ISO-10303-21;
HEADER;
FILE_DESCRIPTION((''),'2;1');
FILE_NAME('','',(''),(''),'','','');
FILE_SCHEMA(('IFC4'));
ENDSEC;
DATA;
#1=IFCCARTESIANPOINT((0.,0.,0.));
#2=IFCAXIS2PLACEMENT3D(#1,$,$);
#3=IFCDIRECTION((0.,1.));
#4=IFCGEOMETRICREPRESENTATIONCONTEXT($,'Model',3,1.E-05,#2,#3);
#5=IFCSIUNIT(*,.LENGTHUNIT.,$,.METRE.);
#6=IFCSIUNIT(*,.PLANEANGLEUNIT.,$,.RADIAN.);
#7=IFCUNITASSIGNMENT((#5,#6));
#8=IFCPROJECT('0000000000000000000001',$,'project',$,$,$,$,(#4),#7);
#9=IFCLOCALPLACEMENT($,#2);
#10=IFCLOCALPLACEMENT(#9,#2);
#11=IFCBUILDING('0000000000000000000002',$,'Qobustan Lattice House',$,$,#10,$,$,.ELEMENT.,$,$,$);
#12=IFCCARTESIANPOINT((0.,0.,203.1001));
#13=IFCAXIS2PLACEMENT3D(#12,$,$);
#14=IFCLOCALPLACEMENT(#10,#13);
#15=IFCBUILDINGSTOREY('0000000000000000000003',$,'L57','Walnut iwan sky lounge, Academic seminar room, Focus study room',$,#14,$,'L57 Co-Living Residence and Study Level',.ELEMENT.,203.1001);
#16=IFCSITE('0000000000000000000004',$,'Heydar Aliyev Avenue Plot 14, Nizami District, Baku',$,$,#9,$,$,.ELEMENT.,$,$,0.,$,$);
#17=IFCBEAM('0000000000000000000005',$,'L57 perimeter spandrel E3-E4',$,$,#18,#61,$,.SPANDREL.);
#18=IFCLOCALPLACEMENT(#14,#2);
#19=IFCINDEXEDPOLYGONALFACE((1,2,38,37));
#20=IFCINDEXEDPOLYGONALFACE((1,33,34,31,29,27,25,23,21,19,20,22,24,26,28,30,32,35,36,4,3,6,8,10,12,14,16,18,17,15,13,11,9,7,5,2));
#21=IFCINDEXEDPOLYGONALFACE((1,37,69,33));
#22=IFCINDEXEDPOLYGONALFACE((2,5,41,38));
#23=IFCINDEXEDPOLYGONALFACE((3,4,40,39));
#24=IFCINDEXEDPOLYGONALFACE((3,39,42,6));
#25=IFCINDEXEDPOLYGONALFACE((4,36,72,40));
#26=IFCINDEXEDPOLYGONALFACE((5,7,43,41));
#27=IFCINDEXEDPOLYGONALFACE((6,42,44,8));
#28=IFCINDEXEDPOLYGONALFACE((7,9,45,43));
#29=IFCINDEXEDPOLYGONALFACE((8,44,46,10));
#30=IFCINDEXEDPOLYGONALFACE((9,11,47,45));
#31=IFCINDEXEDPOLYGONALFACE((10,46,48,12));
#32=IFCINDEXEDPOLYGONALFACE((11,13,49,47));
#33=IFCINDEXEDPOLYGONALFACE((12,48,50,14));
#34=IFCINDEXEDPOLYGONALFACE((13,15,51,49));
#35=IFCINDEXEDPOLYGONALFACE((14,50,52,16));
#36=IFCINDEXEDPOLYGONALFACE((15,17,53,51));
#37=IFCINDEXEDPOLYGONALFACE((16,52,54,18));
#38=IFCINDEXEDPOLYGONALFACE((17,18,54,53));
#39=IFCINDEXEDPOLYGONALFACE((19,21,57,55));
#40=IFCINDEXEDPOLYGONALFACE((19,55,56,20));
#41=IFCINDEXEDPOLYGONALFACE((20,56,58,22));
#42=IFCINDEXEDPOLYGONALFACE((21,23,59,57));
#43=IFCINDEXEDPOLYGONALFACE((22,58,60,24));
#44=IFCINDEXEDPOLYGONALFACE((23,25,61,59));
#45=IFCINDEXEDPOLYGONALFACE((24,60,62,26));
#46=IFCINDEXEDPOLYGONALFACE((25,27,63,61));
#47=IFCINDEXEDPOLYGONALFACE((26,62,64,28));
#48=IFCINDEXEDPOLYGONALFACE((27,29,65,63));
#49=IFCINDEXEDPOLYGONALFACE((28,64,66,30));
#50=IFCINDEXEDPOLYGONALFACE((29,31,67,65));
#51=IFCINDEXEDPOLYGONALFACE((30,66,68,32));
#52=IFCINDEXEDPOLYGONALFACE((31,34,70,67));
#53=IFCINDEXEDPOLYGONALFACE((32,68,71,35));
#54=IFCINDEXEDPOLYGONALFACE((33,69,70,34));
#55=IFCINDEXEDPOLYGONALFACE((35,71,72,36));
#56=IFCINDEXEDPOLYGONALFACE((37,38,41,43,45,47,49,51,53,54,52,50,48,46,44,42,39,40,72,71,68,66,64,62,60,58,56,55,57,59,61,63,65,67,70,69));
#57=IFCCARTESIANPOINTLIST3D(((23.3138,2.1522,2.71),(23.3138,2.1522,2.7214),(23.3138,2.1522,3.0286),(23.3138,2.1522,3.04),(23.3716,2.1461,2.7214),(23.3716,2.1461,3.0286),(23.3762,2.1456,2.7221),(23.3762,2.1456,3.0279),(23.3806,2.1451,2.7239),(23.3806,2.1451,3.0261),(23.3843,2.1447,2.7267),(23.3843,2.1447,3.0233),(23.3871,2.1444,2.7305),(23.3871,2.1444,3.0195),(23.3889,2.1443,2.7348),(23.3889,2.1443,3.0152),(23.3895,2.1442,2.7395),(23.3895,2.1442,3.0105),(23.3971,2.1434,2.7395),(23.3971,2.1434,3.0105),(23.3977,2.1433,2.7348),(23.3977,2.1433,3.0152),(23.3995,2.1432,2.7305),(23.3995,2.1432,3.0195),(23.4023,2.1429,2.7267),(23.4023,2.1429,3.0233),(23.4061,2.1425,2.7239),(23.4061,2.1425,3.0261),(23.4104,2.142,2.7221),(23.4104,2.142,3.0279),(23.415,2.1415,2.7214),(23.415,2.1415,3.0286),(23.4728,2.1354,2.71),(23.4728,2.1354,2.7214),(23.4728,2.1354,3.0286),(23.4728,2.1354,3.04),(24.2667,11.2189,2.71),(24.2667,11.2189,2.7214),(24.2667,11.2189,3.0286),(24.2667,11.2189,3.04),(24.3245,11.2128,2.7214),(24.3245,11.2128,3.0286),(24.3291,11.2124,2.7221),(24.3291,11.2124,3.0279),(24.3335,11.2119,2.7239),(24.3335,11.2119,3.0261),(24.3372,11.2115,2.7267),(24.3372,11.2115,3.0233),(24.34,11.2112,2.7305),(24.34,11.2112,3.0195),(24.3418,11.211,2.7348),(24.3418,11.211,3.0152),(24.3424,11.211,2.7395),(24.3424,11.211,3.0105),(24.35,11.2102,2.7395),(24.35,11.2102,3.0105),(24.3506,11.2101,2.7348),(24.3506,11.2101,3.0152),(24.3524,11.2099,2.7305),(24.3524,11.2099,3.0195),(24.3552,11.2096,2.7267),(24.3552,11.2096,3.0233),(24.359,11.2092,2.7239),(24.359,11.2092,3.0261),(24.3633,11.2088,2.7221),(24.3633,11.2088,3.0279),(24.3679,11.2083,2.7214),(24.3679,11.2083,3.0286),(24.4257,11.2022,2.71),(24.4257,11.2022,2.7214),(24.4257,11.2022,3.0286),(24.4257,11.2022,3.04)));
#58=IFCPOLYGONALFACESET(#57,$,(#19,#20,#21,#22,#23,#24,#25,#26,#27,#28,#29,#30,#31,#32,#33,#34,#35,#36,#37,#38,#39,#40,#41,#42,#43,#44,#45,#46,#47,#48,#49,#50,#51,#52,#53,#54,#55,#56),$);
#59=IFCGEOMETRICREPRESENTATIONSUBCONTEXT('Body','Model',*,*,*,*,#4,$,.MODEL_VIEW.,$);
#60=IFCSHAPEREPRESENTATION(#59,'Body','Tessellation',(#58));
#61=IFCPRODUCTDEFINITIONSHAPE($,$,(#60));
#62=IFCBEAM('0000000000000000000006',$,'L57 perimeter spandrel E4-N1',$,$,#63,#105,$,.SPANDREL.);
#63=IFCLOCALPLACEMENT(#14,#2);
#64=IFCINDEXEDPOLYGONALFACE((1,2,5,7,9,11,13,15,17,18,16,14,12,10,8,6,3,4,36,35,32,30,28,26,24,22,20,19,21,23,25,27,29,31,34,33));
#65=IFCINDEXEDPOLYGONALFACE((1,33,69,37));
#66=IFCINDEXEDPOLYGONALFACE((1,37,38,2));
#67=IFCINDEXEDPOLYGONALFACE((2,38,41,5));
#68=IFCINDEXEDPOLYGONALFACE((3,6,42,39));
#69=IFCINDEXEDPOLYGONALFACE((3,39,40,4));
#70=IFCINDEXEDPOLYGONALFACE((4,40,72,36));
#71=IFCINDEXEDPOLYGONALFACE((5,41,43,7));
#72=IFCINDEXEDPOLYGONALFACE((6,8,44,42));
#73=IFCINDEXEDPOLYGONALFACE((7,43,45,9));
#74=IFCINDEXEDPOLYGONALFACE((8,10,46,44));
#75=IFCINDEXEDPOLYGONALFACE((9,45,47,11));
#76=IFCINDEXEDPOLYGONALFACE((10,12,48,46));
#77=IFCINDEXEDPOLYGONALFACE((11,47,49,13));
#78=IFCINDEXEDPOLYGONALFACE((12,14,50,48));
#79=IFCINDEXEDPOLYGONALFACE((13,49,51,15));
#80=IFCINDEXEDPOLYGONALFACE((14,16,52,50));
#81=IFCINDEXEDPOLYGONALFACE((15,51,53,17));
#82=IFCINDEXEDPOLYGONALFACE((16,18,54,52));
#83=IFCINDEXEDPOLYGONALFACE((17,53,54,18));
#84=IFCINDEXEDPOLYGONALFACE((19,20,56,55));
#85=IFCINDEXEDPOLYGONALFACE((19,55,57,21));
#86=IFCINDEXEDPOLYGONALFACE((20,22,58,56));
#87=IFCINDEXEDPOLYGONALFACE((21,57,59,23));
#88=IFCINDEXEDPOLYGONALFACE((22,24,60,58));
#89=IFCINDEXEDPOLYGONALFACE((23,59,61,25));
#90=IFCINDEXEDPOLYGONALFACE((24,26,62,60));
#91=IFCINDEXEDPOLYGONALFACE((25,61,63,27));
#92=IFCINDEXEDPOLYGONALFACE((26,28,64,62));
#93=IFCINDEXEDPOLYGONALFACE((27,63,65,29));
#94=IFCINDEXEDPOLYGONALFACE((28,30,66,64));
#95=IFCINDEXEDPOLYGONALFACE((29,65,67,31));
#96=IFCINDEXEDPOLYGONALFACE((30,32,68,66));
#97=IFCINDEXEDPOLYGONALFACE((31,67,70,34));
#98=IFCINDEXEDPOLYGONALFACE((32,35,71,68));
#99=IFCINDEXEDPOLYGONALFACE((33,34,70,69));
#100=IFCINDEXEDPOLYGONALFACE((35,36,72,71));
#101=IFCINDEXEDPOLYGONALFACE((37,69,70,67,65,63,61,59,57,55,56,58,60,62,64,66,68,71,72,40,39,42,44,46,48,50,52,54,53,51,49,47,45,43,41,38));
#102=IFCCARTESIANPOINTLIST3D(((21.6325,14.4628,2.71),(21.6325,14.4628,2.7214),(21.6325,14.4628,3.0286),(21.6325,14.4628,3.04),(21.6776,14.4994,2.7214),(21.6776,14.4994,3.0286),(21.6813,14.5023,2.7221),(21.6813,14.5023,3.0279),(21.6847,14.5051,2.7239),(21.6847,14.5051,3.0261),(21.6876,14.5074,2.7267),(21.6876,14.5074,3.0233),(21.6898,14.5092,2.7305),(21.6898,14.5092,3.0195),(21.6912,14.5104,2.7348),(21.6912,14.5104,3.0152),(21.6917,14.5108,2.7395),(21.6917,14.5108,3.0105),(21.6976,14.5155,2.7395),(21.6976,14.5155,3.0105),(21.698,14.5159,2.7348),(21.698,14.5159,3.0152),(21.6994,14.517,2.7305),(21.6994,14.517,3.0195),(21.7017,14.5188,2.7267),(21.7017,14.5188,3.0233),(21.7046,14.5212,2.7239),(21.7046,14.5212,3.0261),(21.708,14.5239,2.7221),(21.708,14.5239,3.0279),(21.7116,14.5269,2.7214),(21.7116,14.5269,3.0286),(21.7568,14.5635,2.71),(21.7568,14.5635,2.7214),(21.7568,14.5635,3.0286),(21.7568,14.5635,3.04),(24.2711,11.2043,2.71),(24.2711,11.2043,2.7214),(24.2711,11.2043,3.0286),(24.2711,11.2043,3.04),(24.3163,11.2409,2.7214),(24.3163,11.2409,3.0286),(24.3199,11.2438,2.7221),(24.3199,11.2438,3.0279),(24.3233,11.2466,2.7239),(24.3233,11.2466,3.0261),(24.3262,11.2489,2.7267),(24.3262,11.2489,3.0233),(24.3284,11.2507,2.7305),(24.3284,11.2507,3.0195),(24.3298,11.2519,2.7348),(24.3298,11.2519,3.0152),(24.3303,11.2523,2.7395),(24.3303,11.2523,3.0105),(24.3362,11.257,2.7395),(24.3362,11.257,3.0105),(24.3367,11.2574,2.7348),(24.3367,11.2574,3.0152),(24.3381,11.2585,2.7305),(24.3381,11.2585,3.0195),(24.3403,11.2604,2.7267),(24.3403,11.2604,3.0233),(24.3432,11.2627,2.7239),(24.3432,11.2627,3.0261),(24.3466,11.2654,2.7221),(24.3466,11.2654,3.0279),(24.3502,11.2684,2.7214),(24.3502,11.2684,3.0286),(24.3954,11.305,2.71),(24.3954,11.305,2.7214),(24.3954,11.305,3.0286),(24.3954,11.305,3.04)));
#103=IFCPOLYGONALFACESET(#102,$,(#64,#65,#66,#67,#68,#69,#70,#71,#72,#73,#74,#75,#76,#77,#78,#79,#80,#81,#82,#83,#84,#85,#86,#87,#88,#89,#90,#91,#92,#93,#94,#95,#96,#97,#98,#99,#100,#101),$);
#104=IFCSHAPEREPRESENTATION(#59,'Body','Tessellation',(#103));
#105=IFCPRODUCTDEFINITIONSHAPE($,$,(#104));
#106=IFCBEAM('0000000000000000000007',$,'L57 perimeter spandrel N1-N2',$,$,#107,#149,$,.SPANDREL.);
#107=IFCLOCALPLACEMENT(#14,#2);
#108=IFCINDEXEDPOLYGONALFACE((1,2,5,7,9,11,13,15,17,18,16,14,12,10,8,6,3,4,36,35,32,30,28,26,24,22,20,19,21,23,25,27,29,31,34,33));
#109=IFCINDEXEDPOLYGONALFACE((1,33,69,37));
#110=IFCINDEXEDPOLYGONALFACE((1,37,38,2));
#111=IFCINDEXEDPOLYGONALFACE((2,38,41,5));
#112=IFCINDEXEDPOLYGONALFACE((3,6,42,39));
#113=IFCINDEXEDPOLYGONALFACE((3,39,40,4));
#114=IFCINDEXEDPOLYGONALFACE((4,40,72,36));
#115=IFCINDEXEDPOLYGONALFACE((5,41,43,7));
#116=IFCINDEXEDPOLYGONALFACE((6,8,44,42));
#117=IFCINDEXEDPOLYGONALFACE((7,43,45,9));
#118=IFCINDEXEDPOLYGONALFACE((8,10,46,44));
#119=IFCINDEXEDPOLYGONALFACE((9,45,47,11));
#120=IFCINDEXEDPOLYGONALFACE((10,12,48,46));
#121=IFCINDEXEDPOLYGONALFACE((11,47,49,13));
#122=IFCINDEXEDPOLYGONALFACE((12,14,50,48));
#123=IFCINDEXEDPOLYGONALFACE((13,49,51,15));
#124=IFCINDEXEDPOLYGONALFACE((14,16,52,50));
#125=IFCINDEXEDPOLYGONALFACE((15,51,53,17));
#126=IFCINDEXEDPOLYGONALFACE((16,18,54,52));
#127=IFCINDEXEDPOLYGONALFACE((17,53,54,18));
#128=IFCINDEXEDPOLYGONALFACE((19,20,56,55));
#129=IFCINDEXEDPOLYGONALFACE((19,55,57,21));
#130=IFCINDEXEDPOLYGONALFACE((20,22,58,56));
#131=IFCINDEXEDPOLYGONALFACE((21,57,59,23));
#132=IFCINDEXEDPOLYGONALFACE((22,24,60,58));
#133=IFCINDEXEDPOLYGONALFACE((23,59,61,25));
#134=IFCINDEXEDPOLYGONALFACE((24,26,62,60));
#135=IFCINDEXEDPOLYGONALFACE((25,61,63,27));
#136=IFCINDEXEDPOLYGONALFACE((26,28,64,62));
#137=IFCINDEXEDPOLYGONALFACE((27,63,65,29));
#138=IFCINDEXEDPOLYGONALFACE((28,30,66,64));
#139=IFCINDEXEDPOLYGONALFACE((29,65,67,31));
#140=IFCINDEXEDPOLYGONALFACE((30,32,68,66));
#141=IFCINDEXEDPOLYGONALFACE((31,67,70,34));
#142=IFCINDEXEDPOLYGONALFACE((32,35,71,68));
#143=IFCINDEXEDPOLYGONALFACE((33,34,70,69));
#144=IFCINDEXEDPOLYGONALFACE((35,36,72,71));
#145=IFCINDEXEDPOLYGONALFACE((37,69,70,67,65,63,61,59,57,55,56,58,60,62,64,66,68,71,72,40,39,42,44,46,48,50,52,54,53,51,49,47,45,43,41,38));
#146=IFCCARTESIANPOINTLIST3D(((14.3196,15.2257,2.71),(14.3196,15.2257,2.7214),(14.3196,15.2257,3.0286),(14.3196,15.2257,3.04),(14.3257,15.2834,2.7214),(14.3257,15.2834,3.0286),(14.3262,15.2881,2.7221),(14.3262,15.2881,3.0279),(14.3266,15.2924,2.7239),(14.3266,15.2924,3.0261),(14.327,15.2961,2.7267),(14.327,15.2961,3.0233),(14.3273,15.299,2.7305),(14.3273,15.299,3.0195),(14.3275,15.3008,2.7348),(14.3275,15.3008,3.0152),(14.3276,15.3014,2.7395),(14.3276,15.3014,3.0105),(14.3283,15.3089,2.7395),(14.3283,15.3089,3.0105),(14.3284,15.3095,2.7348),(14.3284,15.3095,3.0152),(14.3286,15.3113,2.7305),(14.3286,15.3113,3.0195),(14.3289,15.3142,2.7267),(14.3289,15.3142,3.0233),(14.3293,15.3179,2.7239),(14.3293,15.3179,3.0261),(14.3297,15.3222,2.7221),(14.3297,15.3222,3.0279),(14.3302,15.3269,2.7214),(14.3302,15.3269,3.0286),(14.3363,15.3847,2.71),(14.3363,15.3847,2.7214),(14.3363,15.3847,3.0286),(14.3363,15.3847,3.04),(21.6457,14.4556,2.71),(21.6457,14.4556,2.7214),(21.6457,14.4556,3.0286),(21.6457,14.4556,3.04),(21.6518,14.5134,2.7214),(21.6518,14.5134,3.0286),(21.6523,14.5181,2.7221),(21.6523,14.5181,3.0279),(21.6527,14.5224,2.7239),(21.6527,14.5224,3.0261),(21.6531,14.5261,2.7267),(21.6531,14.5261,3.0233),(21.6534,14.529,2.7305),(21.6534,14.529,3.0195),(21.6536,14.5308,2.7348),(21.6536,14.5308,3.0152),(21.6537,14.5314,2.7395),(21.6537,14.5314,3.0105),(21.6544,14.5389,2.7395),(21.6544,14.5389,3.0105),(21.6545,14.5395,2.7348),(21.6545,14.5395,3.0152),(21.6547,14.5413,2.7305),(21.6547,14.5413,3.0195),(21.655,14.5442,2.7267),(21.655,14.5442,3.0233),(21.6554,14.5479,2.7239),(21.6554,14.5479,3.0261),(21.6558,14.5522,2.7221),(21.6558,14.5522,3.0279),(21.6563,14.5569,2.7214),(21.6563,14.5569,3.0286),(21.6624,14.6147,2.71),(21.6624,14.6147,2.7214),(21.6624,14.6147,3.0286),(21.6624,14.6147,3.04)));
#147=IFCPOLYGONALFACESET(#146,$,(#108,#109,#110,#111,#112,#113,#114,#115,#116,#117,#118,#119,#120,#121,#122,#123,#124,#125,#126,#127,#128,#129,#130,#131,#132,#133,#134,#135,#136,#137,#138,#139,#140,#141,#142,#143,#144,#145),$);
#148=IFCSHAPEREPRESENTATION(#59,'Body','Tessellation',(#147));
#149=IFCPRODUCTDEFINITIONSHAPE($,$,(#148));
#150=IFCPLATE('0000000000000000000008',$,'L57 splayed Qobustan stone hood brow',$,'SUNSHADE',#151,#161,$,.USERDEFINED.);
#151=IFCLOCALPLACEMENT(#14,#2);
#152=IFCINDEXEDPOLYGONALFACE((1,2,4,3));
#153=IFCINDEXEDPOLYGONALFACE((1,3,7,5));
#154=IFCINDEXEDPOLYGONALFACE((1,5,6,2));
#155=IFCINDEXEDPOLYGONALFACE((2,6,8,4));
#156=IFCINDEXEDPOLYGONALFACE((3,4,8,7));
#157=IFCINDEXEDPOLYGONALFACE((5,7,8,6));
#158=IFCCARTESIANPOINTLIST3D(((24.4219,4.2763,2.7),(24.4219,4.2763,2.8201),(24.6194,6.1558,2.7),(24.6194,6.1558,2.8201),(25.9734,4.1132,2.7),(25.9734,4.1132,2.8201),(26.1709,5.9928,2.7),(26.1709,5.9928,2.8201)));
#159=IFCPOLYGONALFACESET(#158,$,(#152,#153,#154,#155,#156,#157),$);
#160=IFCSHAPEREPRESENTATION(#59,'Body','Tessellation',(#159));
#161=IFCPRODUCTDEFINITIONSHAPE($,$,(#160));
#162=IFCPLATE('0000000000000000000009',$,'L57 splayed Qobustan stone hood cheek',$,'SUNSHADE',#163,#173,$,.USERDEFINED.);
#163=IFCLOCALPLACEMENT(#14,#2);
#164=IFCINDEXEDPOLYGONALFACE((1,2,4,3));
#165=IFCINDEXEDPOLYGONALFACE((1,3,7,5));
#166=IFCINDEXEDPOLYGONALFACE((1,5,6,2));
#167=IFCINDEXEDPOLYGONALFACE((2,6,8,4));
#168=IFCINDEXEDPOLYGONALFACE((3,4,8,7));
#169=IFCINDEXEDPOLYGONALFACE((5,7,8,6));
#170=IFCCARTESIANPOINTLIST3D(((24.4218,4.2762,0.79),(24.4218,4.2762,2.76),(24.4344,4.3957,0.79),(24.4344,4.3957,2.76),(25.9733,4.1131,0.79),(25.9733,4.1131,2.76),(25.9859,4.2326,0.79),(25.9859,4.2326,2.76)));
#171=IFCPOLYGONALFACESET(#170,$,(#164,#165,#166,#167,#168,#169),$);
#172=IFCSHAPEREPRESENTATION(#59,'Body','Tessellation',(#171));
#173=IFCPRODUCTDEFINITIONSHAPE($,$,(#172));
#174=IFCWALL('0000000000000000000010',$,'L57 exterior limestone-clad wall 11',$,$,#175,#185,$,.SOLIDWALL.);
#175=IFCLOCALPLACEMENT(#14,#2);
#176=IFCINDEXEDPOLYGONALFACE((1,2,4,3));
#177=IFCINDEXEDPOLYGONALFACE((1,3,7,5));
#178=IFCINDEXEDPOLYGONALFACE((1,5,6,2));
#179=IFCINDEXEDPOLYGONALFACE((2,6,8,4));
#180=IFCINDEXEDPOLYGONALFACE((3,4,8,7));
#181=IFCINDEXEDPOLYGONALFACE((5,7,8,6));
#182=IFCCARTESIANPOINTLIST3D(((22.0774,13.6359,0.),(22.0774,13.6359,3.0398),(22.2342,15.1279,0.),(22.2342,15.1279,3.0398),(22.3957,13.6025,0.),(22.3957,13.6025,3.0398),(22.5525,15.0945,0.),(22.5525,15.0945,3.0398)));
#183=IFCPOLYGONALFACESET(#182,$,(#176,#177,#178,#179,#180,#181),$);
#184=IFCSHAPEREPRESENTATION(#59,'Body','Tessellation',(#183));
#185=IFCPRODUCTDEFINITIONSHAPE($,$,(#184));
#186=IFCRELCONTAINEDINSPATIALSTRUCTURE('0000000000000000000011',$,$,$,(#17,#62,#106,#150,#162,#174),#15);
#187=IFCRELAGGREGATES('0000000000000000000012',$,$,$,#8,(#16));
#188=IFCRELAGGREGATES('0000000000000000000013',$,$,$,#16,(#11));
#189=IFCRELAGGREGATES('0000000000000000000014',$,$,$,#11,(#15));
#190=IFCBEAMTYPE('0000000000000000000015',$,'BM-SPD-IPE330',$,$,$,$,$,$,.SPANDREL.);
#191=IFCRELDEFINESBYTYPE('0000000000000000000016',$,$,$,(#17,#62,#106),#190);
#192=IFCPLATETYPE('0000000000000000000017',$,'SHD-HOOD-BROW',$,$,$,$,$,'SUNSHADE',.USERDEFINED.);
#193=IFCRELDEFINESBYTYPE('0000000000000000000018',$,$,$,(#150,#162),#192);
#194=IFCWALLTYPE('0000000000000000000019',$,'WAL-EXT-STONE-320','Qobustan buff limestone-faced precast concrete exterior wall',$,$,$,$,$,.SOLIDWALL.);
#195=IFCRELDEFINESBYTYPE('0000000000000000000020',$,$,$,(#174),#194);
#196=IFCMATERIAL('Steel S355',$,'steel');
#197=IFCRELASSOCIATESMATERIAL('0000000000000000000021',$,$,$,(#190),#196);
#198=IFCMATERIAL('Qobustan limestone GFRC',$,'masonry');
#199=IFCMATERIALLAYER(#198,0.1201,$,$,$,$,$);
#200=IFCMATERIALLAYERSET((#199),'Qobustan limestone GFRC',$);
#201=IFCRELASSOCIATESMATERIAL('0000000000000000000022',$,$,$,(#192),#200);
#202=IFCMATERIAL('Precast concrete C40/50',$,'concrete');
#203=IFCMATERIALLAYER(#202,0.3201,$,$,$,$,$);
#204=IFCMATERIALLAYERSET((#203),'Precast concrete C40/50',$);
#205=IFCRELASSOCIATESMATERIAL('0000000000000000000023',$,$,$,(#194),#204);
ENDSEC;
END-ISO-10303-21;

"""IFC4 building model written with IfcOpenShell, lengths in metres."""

from ifc_helpers import new_model, si_unit, direction, frame, frame_2d, origin, origin_2d, place, context, subcontext, project, spatial, rectangle, i_section, extrude, material, layer, layer_set, material_profile, profile_set, type_object, element, save


model = new_model("IFC4")

# Units and contexts
model_context = context("Model", 3, precision=1e-05, world=origin(), true_north=direction((0.0, 1.0)))
body_context = subcontext(model_context, "Body", "Model", "MODEL_VIEW")
ifc_project = project(units=[si_unit("LENGTHUNIT", "METRE"), si_unit("PLANEANGLEUNIT", "RADIAN")], contexts=[model_context])

# Site, building, storey
site_placement = place(None, origin())
site = spatial("IfcSite", under=ifc_project, at=site_placement, Name="Heydar Aliyev Avenue Plot 14, Nizami District, Baku", CompositionType="ELEMENT", RefElevation=0.0)
building_placement = place(site_placement, origin())
building = spatial("IfcBuilding", under=site, at=building_placement, Name="Qobustan Lattice House", CompositionType="ELEMENT")
storey_placement = place(building_placement, frame((0.0, 0.0, 203.1001)))
storey = spatial("IfcBuildingStorey", under=building, at=storey_placement, Name="L57", Description="Walnut iwan sky lounge, Academic seminar room, Focus study room", LongName="L57 Co-Living Residence and Study Level", CompositionType="ELEMENT", Elevation=203.1001)

# Beams
ifc_material_1 = material(Name="Steel S355", Category="steel")
ifc_material_profile_1 = material_profile(ifc_material_1, i_section(OverallWidth=0.1599, OverallDepth=0.3301, WebThickness=0.0076, FlangeThickness=0.0115, FilletRadius=0.0181, at=origin_2d()), Name="IPE330")
ifc_profile_set_1 = profile_set([ifc_material_profile_1], Name="Steel S355")
beam_type_1 = type_object("IfcBeamType", Name="BM-SPD-IPE330", PredefinedType="SPANDREL", material=ifc_profile_set_1)
beam_1_placement = place(storey_placement, frame((23.3933, 2.1438, 2.875), z_axis=(0.104522, 0.994523, 0.0), x_axis=(-0.994523, 0.104522, 0.0)))
element("IfcBeam", 1, at=beam_1_placement, inside=storey, type_object=beam_type_1, Name="L57 perimeter spandrel E3-E4", PredefinedType="SPANDREL", context=body_context, shape_type="SweptSolid", body=[
    extrude(i_section(OverallWidth=0.1599, OverallDepth=0.3301, WebThickness=0.0076, FlangeThickness=0.0115, FilletRadius=0.0181, at=origin_2d()), origin(), (0.0, 0.0, 1.0), 9.1167),
])
beam_2_placement = place(storey_placement, frame((24.3333, 11.2546, 2.875), z_axis=(-0.629314, 0.777151, 0.0), x_axis=(-0.777151, -0.629314, 0.0)))
element("IfcBeam", 2, at=beam_2_placement, inside=storey, type_object=beam_type_1, Name="L57 perimeter spandrel E4-N1", PredefinedType="SPANDREL", context=body_context, shape_type="SweptSolid", body=[
    extrude(i_section(OverallWidth=0.1599, OverallDepth=0.3301, WebThickness=0.0076, FlangeThickness=0.0115, FilletRadius=0.0181, at=origin_2d()), origin(), (0.0, 0.0, 1.0), 4.1929),
])
beam_3_placement = place(storey_placement, frame((21.6541, 14.5352, 2.875), z_axis=(-0.994522, 0.10453, 0.0), x_axis=(-0.10453, -0.994522, 0.0)))
element("IfcBeam", 3, at=beam_3_placement, inside=storey, type_object=beam_type_1, Name="L57 perimeter spandrel N1-N2", PredefinedType="SPANDREL", context=body_context, shape_type="SweptSolid", body=[
    extrude(i_section(OverallWidth=0.1599, OverallDepth=0.3301, WebThickness=0.0076, FlangeThickness=0.0115, FilletRadius=0.0181, at=origin_2d()), origin(), (0.0, 0.0, 1.0), 7.3665),
])

# Plates
ifc_material_2 = material(Name="Qobustan limestone GFRC", Category="masonry")
ifc_layer_1 = layer(ifc_material_2, 0.1201)
ifc_layer_set_1 = layer_set([ifc_layer_1], Name="Qobustan limestone GFRC")
plate_type = type_object("IfcPlateType", Name="SHD-HOOD-BROW", ElementType="SUNSHADE", PredefinedType="USERDEFINED", material=ifc_layer_set_1)
plate_1_placement = place(storey_placement, frame((25.2964, 5.1345, 2.7), z_axis=(0.0, 0.0, 1.0), x_axis=(-0.104528, -0.994522, 0.0)))
element("IfcPlate", 4, at=plate_1_placement, inside=storey, type_object=plate_type, Name="L57 splayed Qobustan stone hood brow", ObjectType="SUNSHADE", PredefinedType="USERDEFINED", context=body_context, shape_type="SweptSolid", body=[
    extrude(rectangle(XDim=1.8899, YDim=1.5601, at=origin_2d()), origin(), (0.0, 0.0, 1.0), 0.1201),
])
plate_2_placement = place(storey_placement, frame((25.2039, 4.2544, 0.79), z_axis=(0.0, 0.0, 1.0), x_axis=(-0.104528, -0.994522, 0.0)))
element("IfcPlate", 5, at=plate_2_placement, inside=storey, type_object=plate_type, Name="L57 splayed Qobustan stone hood cheek", ObjectType="SUNSHADE", PredefinedType="USERDEFINED", context=body_context, shape_type="SweptSolid", body=[
    extrude(rectangle(XDim=0.1201, YDim=1.5601, at=origin_2d()), origin(), (0.0, 0.0, 1.0), 1.97),
])

# Wall
ifc_material_3 = material(Name="Precast concrete C40/50", Category="concrete")
ifc_layer_2 = layer(ifc_material_3, 0.3201)
ifc_layer_set_2 = layer_set([ifc_layer_2], Name="Precast concrete C40/50")
wall_type_1 = type_object("IfcWallType", Name="WAL-EXT-STONE-320", Description="Qobustan buff limestone-faced precast concrete exterior wall", PredefinedType="SOLIDWALL", material=ifc_layer_set_2)
wall_1_placement = place(storey_placement, frame((22.3933, 15.1111, 0.0), z_axis=(0.0, 0.0, 1.0), x_axis=(-0.104481, -0.994527, 0.0)))
element("IfcWall", 6, at=wall_1_placement, inside=storey, type_object=wall_type_1, Name="L57 exterior limestone-clad wall 11", PredefinedType="SOLIDWALL", context=body_context, shape_type="SweptSolid", body=[
    extrude(rectangle(XDim=1.5002, YDim=0.3201, at=frame_2d((0.75, 0.0))), origin(), (0.0, 0.0, 1.0), 3.0398),
])

save(model, "model.ifc")
